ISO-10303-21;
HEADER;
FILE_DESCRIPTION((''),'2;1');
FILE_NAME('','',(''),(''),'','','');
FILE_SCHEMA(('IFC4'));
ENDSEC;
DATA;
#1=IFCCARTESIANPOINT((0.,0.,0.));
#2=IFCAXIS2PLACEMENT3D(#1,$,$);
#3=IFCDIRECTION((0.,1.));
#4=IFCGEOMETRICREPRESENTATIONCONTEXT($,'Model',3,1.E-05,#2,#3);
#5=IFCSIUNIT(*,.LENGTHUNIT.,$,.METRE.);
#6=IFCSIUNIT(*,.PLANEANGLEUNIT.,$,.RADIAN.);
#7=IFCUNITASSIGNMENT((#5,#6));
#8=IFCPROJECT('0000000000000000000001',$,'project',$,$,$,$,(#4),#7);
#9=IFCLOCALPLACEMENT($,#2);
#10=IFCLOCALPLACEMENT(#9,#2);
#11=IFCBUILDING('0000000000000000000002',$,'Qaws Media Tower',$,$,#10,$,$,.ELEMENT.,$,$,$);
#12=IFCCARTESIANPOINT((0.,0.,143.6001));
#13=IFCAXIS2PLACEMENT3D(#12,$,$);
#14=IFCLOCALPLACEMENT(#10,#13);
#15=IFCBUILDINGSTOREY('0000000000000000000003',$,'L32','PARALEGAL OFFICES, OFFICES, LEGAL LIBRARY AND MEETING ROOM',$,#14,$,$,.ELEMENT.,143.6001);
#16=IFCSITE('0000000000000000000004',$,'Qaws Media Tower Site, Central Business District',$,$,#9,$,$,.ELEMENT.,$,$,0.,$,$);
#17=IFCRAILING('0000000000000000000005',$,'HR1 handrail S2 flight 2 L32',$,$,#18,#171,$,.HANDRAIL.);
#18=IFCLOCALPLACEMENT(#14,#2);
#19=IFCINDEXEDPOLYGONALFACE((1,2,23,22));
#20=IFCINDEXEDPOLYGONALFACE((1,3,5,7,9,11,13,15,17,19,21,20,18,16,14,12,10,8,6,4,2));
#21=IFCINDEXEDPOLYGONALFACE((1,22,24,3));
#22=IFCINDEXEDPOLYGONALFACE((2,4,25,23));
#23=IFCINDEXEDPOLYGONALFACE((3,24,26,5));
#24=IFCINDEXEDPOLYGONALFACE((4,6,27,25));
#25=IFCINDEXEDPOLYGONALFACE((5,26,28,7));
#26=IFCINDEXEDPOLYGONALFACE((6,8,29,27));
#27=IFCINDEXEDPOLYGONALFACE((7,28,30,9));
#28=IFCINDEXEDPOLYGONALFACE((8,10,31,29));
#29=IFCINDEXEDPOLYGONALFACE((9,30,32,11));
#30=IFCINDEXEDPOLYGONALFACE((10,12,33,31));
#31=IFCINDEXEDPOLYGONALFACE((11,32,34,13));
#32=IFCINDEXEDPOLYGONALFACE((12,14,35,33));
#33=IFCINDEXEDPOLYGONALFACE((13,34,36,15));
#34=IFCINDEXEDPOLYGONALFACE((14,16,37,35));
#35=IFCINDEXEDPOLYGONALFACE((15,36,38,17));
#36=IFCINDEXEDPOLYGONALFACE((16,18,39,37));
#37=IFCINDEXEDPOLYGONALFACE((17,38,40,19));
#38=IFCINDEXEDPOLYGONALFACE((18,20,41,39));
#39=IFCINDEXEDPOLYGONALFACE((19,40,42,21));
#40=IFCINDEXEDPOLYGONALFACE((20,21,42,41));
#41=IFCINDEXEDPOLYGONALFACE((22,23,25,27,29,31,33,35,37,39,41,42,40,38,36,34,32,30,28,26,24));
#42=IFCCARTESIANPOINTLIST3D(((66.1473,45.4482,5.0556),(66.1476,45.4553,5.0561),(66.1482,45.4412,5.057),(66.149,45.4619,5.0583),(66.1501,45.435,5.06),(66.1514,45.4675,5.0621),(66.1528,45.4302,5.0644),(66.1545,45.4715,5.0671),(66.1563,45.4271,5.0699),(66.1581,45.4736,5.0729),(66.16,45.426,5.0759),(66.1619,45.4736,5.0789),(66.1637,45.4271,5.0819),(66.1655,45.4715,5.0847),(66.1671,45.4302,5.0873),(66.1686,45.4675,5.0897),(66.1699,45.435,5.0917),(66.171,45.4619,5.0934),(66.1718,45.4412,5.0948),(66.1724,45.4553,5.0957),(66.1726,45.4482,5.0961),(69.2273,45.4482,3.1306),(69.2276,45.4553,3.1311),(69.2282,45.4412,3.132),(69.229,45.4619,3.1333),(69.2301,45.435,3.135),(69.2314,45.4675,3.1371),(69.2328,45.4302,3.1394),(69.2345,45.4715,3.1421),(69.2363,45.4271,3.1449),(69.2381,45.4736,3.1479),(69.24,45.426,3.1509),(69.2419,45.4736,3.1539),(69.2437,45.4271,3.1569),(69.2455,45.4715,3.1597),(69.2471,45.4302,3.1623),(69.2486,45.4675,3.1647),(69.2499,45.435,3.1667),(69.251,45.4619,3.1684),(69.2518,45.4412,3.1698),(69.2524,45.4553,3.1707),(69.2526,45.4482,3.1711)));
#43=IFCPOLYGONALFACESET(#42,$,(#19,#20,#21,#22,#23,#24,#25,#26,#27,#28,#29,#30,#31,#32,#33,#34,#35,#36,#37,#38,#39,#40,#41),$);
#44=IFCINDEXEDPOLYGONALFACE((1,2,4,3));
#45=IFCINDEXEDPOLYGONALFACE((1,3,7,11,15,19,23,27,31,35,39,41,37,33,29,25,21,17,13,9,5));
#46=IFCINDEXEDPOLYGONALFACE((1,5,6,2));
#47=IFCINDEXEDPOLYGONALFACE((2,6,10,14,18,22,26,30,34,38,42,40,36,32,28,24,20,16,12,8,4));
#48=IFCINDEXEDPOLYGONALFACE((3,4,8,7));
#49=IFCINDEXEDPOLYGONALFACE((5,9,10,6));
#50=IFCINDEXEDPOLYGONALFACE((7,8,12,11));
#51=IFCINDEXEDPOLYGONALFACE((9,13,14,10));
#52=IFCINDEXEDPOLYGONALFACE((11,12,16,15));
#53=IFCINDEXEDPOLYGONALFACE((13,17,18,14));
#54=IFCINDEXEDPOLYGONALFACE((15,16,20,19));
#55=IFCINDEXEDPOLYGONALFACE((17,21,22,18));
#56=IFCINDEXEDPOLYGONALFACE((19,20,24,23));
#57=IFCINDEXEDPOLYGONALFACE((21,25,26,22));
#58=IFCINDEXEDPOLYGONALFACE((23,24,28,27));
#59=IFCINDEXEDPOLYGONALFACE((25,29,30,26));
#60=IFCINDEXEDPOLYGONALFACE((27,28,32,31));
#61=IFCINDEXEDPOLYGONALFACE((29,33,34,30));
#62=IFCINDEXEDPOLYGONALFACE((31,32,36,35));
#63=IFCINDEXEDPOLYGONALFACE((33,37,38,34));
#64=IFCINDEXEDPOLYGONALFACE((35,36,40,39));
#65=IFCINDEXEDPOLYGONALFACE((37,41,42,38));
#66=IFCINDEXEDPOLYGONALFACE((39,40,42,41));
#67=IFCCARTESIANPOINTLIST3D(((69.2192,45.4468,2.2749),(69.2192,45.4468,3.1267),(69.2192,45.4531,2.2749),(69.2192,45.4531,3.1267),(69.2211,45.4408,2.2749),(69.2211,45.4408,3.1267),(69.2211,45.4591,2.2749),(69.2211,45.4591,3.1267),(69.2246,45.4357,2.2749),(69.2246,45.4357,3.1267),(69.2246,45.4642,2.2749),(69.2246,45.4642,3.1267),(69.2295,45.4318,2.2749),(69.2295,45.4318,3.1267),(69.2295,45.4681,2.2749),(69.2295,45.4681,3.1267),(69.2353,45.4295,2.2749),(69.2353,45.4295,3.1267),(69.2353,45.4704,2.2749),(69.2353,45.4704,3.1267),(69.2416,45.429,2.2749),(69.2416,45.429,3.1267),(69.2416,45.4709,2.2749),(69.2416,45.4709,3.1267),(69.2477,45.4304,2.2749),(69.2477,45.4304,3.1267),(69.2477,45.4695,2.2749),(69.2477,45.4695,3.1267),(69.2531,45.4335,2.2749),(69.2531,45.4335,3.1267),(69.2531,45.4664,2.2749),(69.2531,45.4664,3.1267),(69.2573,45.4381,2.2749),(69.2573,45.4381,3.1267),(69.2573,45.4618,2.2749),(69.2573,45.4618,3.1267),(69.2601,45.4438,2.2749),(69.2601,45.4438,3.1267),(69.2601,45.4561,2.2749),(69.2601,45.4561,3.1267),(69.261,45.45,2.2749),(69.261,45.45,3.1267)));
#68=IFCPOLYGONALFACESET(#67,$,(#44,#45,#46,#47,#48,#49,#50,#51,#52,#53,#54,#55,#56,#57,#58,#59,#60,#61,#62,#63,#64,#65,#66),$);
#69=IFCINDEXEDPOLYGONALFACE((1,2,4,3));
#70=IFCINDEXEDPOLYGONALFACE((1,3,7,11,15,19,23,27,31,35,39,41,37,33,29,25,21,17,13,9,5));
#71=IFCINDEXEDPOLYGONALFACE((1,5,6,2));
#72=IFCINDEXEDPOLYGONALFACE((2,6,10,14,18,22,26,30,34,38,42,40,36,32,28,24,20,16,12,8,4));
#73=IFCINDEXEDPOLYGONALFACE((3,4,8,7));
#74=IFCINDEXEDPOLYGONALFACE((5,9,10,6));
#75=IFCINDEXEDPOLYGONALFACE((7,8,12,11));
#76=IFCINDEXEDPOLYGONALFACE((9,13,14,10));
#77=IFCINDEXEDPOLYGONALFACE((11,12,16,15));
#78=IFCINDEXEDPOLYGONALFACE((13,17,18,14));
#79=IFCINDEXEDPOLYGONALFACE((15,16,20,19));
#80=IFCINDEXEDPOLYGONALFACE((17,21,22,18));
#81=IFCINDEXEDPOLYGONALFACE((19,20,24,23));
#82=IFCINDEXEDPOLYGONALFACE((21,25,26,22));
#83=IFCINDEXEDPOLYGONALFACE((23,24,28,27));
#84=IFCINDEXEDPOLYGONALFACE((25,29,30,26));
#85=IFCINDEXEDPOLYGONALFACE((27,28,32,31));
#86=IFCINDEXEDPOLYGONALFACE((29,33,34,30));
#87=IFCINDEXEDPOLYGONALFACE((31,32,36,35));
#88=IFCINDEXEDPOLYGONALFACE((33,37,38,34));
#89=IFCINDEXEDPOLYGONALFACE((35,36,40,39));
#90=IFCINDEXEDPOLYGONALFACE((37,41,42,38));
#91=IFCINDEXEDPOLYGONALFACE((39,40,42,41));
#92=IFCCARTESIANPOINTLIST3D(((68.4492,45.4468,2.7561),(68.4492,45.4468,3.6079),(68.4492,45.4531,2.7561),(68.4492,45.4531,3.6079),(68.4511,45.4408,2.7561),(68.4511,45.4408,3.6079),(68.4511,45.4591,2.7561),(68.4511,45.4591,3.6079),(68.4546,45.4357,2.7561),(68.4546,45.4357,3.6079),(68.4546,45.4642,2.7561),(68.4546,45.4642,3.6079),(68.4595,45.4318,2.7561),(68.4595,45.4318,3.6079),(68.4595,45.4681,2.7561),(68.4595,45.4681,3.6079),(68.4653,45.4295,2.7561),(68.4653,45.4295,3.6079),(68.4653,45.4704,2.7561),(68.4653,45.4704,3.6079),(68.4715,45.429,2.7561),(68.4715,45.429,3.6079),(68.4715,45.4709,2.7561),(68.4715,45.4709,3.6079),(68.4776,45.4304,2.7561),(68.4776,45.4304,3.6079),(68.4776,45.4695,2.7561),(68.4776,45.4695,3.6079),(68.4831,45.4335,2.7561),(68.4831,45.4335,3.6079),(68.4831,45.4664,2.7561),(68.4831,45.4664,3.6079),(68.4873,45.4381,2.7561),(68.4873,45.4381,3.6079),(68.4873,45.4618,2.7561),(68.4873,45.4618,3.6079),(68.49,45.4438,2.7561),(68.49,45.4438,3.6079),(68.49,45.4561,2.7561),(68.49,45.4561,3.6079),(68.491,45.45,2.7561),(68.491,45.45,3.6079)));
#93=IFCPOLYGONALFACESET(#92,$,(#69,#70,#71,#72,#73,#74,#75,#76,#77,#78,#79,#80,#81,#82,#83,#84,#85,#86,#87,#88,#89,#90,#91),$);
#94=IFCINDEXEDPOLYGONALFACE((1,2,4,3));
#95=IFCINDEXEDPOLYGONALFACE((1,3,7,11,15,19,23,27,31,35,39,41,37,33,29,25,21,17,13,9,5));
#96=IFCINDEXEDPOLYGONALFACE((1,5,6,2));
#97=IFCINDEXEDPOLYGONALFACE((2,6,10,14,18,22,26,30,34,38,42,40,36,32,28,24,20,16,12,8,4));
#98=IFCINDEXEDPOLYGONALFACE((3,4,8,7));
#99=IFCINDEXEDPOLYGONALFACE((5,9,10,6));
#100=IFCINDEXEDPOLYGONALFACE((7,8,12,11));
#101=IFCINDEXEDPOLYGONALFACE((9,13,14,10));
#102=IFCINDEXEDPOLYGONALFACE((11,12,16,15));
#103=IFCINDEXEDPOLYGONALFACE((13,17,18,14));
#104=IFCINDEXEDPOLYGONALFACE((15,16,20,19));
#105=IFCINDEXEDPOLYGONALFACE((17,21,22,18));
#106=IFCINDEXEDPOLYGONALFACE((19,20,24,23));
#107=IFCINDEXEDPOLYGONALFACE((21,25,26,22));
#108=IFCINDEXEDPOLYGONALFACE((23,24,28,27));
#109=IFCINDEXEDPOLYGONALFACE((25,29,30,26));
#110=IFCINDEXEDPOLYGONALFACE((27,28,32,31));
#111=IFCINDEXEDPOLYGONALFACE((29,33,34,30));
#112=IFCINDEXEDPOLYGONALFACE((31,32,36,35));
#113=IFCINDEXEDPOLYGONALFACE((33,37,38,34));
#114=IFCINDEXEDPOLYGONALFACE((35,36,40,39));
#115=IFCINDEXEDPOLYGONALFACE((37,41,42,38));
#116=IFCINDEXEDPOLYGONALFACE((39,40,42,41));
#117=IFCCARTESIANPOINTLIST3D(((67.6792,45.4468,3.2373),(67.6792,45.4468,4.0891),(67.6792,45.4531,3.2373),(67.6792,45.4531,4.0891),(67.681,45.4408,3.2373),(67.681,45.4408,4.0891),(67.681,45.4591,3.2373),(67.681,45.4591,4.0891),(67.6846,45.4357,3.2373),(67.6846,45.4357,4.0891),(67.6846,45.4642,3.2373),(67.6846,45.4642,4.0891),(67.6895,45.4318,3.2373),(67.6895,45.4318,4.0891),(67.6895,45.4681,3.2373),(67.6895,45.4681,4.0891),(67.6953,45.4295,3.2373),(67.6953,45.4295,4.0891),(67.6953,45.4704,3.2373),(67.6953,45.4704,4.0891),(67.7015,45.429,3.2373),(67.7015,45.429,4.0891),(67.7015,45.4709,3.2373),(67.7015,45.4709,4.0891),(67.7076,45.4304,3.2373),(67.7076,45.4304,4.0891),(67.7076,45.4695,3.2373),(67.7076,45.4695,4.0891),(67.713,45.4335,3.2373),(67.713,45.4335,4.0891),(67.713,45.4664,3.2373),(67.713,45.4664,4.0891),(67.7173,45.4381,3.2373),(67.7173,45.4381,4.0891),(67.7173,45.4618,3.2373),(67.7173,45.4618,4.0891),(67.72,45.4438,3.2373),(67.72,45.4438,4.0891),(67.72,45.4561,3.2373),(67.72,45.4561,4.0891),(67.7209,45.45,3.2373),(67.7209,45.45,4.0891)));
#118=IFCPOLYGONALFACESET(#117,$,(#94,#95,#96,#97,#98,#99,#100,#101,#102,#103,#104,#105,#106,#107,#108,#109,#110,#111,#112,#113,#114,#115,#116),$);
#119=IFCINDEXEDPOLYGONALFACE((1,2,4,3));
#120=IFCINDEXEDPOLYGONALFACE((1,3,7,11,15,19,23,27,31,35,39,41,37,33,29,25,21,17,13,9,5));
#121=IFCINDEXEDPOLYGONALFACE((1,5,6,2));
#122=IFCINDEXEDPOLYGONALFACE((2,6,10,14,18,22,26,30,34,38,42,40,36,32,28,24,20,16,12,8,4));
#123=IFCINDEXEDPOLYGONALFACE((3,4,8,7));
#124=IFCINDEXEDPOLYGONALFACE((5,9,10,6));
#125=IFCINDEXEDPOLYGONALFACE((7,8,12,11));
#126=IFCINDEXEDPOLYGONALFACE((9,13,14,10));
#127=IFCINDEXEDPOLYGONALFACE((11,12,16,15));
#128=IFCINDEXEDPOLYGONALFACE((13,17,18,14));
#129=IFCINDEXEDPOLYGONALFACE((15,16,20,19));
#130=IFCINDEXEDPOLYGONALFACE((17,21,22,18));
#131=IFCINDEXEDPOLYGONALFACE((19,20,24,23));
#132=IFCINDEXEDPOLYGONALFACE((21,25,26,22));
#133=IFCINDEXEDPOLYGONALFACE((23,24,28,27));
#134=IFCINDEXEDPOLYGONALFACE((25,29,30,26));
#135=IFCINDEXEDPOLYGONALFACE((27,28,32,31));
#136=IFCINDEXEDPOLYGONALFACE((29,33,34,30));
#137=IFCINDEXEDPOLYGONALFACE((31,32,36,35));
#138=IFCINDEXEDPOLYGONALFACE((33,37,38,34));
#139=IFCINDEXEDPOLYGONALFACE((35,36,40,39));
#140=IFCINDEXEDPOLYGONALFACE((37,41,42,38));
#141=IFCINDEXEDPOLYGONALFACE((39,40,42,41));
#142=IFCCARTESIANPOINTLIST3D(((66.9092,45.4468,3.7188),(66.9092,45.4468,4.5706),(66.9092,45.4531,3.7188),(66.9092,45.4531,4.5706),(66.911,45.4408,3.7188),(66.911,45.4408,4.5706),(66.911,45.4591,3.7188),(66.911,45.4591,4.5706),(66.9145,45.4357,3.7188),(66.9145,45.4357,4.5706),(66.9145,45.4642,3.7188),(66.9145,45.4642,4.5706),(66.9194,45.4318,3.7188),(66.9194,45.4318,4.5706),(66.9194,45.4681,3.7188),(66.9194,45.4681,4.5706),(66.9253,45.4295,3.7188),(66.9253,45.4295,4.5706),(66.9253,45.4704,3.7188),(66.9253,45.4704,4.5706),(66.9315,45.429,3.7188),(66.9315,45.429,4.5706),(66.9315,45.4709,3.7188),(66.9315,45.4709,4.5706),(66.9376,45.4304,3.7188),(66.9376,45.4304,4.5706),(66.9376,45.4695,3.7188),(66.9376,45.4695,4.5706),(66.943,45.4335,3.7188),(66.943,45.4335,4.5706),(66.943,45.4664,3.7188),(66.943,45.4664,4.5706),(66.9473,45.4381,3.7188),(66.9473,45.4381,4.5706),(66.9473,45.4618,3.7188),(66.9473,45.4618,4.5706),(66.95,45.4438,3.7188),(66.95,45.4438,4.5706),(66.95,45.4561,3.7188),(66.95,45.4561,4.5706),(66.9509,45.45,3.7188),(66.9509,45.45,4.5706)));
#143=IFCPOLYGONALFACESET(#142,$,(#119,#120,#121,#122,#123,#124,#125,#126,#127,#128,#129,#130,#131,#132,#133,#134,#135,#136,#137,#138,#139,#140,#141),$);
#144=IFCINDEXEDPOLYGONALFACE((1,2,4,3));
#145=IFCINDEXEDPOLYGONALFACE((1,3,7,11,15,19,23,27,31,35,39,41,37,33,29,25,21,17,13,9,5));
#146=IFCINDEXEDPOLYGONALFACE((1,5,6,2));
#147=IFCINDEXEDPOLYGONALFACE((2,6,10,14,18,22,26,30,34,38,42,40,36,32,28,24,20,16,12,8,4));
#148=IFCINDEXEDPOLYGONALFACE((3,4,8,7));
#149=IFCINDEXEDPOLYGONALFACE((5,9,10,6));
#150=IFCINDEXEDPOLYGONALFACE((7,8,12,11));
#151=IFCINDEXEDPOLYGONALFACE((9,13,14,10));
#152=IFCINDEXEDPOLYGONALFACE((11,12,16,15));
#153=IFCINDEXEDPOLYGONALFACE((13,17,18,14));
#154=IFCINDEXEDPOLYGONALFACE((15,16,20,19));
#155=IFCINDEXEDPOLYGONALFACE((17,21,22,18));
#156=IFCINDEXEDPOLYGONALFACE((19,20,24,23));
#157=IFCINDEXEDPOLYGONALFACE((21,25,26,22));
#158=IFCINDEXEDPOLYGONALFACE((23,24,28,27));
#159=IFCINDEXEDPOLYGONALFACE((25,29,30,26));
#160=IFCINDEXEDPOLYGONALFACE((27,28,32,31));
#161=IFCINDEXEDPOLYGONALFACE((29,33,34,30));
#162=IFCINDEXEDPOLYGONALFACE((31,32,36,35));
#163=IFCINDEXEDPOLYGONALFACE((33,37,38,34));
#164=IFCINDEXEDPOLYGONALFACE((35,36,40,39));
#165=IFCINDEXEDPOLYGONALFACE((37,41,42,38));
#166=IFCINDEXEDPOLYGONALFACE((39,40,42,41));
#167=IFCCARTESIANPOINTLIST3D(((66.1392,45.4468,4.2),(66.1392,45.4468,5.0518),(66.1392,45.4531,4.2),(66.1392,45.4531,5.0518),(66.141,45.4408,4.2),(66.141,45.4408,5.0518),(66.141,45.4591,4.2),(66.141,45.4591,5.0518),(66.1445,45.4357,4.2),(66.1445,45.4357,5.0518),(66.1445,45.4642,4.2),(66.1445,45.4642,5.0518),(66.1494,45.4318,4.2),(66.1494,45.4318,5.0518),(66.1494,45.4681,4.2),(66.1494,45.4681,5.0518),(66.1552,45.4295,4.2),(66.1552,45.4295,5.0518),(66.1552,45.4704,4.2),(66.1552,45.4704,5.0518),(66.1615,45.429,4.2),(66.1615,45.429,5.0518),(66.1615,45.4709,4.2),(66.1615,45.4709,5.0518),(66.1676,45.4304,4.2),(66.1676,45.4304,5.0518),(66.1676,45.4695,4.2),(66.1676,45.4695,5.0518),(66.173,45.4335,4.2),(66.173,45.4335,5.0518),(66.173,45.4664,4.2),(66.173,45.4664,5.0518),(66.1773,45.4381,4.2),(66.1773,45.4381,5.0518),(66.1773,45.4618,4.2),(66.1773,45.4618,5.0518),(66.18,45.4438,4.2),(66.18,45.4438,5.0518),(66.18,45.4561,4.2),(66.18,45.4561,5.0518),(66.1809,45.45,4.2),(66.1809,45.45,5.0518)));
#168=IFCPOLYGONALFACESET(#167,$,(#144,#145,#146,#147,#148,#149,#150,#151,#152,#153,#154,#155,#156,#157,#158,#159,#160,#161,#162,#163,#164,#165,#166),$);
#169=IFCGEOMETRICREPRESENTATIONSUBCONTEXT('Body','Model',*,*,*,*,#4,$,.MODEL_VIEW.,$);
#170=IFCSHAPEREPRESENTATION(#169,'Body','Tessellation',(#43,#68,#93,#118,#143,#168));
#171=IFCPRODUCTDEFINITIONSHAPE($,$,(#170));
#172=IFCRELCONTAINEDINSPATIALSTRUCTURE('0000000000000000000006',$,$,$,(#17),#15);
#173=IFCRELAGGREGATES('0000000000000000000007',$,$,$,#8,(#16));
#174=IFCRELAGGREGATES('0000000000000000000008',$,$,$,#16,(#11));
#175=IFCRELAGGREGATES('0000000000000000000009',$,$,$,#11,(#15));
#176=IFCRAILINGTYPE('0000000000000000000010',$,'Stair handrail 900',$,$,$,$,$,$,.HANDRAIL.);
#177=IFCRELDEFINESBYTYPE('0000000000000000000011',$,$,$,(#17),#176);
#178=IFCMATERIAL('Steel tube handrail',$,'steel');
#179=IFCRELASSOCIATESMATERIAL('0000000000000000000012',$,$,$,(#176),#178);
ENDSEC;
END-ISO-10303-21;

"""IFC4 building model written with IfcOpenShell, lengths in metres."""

from ifc_helpers import new_model, si_unit, direction, frame, origin, origin_2d, place, context, subcontext, project, spatial, circle, extrude, material, type_object, element, save


model = new_model("IFC4")

# Units and contexts
model_context = context("Model", 3, precision=1e-05, world=origin(), true_north=direction((0.0, 1.0)))
body_context = subcontext(model_context, "Body", "Model", "MODEL_VIEW")
ifc_project = project(units=[si_unit("LENGTHUNIT", "METRE"), si_unit("PLANEANGLEUNIT", "RADIAN")], contexts=[model_context])

# Site, building, storey
site_placement = place(None, origin())
site = spatial("IfcSite", under=ifc_project, at=site_placement, Name="Qaws Media Tower Site, Central Business District", CompositionType="ELEMENT", RefElevation=0.0)
building_placement = place(site_placement, origin())
building = spatial("IfcBuilding", under=site, at=building_placement, Name="Qaws Media Tower", CompositionType="ELEMENT")
storey_placement = place(building_placement, frame((0.0, 0.0, 143.6001)))
storey = spatial("IfcBuildingStorey", under=building, at=storey_placement, Name="L32", Description="PARALEGAL OFFICES, OFFICES, LEGAL LIBRARY AND MEETING ROOM", CompositionType="ELEMENT", Elevation=143.6001)

# Railing
ifc_material_1 = material(Name="Steel tube handrail", Category="steel")
railing_type = type_object("IfcRailingType", Name="Stair handrail 900", PredefinedType="HANDRAIL", material=ifc_material_1)
for number, where, name in (
    (1, (69.24, 45.45, 2.2749), "HR1 handrail S2 flight 2 L32"),
):
    element("IfcRailing", number, at=place(storey_placement, frame(where)), inside=storey, type_object=railing_type, Name=name, PredefinedType="HANDRAIL", context=body_context, shape_type="SweptSolid", body=[
        extrude(circle(Radius=0.0239, at=origin_2d()), frame((0.0, 0.0, 0.876), z_axis=(-0.847998, 0.0, 0.529999), x_axis=(0.0, -1.0, 0.0)), (0.0, 0.0, 1.0), 3.6321),
        extrude(circle(Radius=0.021, at=origin_2d()), origin(), (0.0, 0.0, 1.0), 0.8518),
        extrude(circle(Radius=0.021, at=origin_2d()), frame((-0.77, 0.0, 0.4812)), (0.0, 0.0, 1.0), 0.8518),
        extrude(circle(Radius=0.021, at=origin_2d()), frame((-1.54, 0.0, 0.9624)), (0.0, 0.0, 1.0), 0.8518),
        extrude(circle(Radius=0.021, at=origin_2d()), frame((-2.3101, 0.0, 1.4438)), (0.0, 0.0, 1.0), 0.8518),
        extrude(circle(Radius=0.021, at=origin_2d()), frame((-3.0801, 0.0, 1.925)), (0.0, 0.0, 1.0), 0.8518),
    ])

save(model, "model.ifc")
